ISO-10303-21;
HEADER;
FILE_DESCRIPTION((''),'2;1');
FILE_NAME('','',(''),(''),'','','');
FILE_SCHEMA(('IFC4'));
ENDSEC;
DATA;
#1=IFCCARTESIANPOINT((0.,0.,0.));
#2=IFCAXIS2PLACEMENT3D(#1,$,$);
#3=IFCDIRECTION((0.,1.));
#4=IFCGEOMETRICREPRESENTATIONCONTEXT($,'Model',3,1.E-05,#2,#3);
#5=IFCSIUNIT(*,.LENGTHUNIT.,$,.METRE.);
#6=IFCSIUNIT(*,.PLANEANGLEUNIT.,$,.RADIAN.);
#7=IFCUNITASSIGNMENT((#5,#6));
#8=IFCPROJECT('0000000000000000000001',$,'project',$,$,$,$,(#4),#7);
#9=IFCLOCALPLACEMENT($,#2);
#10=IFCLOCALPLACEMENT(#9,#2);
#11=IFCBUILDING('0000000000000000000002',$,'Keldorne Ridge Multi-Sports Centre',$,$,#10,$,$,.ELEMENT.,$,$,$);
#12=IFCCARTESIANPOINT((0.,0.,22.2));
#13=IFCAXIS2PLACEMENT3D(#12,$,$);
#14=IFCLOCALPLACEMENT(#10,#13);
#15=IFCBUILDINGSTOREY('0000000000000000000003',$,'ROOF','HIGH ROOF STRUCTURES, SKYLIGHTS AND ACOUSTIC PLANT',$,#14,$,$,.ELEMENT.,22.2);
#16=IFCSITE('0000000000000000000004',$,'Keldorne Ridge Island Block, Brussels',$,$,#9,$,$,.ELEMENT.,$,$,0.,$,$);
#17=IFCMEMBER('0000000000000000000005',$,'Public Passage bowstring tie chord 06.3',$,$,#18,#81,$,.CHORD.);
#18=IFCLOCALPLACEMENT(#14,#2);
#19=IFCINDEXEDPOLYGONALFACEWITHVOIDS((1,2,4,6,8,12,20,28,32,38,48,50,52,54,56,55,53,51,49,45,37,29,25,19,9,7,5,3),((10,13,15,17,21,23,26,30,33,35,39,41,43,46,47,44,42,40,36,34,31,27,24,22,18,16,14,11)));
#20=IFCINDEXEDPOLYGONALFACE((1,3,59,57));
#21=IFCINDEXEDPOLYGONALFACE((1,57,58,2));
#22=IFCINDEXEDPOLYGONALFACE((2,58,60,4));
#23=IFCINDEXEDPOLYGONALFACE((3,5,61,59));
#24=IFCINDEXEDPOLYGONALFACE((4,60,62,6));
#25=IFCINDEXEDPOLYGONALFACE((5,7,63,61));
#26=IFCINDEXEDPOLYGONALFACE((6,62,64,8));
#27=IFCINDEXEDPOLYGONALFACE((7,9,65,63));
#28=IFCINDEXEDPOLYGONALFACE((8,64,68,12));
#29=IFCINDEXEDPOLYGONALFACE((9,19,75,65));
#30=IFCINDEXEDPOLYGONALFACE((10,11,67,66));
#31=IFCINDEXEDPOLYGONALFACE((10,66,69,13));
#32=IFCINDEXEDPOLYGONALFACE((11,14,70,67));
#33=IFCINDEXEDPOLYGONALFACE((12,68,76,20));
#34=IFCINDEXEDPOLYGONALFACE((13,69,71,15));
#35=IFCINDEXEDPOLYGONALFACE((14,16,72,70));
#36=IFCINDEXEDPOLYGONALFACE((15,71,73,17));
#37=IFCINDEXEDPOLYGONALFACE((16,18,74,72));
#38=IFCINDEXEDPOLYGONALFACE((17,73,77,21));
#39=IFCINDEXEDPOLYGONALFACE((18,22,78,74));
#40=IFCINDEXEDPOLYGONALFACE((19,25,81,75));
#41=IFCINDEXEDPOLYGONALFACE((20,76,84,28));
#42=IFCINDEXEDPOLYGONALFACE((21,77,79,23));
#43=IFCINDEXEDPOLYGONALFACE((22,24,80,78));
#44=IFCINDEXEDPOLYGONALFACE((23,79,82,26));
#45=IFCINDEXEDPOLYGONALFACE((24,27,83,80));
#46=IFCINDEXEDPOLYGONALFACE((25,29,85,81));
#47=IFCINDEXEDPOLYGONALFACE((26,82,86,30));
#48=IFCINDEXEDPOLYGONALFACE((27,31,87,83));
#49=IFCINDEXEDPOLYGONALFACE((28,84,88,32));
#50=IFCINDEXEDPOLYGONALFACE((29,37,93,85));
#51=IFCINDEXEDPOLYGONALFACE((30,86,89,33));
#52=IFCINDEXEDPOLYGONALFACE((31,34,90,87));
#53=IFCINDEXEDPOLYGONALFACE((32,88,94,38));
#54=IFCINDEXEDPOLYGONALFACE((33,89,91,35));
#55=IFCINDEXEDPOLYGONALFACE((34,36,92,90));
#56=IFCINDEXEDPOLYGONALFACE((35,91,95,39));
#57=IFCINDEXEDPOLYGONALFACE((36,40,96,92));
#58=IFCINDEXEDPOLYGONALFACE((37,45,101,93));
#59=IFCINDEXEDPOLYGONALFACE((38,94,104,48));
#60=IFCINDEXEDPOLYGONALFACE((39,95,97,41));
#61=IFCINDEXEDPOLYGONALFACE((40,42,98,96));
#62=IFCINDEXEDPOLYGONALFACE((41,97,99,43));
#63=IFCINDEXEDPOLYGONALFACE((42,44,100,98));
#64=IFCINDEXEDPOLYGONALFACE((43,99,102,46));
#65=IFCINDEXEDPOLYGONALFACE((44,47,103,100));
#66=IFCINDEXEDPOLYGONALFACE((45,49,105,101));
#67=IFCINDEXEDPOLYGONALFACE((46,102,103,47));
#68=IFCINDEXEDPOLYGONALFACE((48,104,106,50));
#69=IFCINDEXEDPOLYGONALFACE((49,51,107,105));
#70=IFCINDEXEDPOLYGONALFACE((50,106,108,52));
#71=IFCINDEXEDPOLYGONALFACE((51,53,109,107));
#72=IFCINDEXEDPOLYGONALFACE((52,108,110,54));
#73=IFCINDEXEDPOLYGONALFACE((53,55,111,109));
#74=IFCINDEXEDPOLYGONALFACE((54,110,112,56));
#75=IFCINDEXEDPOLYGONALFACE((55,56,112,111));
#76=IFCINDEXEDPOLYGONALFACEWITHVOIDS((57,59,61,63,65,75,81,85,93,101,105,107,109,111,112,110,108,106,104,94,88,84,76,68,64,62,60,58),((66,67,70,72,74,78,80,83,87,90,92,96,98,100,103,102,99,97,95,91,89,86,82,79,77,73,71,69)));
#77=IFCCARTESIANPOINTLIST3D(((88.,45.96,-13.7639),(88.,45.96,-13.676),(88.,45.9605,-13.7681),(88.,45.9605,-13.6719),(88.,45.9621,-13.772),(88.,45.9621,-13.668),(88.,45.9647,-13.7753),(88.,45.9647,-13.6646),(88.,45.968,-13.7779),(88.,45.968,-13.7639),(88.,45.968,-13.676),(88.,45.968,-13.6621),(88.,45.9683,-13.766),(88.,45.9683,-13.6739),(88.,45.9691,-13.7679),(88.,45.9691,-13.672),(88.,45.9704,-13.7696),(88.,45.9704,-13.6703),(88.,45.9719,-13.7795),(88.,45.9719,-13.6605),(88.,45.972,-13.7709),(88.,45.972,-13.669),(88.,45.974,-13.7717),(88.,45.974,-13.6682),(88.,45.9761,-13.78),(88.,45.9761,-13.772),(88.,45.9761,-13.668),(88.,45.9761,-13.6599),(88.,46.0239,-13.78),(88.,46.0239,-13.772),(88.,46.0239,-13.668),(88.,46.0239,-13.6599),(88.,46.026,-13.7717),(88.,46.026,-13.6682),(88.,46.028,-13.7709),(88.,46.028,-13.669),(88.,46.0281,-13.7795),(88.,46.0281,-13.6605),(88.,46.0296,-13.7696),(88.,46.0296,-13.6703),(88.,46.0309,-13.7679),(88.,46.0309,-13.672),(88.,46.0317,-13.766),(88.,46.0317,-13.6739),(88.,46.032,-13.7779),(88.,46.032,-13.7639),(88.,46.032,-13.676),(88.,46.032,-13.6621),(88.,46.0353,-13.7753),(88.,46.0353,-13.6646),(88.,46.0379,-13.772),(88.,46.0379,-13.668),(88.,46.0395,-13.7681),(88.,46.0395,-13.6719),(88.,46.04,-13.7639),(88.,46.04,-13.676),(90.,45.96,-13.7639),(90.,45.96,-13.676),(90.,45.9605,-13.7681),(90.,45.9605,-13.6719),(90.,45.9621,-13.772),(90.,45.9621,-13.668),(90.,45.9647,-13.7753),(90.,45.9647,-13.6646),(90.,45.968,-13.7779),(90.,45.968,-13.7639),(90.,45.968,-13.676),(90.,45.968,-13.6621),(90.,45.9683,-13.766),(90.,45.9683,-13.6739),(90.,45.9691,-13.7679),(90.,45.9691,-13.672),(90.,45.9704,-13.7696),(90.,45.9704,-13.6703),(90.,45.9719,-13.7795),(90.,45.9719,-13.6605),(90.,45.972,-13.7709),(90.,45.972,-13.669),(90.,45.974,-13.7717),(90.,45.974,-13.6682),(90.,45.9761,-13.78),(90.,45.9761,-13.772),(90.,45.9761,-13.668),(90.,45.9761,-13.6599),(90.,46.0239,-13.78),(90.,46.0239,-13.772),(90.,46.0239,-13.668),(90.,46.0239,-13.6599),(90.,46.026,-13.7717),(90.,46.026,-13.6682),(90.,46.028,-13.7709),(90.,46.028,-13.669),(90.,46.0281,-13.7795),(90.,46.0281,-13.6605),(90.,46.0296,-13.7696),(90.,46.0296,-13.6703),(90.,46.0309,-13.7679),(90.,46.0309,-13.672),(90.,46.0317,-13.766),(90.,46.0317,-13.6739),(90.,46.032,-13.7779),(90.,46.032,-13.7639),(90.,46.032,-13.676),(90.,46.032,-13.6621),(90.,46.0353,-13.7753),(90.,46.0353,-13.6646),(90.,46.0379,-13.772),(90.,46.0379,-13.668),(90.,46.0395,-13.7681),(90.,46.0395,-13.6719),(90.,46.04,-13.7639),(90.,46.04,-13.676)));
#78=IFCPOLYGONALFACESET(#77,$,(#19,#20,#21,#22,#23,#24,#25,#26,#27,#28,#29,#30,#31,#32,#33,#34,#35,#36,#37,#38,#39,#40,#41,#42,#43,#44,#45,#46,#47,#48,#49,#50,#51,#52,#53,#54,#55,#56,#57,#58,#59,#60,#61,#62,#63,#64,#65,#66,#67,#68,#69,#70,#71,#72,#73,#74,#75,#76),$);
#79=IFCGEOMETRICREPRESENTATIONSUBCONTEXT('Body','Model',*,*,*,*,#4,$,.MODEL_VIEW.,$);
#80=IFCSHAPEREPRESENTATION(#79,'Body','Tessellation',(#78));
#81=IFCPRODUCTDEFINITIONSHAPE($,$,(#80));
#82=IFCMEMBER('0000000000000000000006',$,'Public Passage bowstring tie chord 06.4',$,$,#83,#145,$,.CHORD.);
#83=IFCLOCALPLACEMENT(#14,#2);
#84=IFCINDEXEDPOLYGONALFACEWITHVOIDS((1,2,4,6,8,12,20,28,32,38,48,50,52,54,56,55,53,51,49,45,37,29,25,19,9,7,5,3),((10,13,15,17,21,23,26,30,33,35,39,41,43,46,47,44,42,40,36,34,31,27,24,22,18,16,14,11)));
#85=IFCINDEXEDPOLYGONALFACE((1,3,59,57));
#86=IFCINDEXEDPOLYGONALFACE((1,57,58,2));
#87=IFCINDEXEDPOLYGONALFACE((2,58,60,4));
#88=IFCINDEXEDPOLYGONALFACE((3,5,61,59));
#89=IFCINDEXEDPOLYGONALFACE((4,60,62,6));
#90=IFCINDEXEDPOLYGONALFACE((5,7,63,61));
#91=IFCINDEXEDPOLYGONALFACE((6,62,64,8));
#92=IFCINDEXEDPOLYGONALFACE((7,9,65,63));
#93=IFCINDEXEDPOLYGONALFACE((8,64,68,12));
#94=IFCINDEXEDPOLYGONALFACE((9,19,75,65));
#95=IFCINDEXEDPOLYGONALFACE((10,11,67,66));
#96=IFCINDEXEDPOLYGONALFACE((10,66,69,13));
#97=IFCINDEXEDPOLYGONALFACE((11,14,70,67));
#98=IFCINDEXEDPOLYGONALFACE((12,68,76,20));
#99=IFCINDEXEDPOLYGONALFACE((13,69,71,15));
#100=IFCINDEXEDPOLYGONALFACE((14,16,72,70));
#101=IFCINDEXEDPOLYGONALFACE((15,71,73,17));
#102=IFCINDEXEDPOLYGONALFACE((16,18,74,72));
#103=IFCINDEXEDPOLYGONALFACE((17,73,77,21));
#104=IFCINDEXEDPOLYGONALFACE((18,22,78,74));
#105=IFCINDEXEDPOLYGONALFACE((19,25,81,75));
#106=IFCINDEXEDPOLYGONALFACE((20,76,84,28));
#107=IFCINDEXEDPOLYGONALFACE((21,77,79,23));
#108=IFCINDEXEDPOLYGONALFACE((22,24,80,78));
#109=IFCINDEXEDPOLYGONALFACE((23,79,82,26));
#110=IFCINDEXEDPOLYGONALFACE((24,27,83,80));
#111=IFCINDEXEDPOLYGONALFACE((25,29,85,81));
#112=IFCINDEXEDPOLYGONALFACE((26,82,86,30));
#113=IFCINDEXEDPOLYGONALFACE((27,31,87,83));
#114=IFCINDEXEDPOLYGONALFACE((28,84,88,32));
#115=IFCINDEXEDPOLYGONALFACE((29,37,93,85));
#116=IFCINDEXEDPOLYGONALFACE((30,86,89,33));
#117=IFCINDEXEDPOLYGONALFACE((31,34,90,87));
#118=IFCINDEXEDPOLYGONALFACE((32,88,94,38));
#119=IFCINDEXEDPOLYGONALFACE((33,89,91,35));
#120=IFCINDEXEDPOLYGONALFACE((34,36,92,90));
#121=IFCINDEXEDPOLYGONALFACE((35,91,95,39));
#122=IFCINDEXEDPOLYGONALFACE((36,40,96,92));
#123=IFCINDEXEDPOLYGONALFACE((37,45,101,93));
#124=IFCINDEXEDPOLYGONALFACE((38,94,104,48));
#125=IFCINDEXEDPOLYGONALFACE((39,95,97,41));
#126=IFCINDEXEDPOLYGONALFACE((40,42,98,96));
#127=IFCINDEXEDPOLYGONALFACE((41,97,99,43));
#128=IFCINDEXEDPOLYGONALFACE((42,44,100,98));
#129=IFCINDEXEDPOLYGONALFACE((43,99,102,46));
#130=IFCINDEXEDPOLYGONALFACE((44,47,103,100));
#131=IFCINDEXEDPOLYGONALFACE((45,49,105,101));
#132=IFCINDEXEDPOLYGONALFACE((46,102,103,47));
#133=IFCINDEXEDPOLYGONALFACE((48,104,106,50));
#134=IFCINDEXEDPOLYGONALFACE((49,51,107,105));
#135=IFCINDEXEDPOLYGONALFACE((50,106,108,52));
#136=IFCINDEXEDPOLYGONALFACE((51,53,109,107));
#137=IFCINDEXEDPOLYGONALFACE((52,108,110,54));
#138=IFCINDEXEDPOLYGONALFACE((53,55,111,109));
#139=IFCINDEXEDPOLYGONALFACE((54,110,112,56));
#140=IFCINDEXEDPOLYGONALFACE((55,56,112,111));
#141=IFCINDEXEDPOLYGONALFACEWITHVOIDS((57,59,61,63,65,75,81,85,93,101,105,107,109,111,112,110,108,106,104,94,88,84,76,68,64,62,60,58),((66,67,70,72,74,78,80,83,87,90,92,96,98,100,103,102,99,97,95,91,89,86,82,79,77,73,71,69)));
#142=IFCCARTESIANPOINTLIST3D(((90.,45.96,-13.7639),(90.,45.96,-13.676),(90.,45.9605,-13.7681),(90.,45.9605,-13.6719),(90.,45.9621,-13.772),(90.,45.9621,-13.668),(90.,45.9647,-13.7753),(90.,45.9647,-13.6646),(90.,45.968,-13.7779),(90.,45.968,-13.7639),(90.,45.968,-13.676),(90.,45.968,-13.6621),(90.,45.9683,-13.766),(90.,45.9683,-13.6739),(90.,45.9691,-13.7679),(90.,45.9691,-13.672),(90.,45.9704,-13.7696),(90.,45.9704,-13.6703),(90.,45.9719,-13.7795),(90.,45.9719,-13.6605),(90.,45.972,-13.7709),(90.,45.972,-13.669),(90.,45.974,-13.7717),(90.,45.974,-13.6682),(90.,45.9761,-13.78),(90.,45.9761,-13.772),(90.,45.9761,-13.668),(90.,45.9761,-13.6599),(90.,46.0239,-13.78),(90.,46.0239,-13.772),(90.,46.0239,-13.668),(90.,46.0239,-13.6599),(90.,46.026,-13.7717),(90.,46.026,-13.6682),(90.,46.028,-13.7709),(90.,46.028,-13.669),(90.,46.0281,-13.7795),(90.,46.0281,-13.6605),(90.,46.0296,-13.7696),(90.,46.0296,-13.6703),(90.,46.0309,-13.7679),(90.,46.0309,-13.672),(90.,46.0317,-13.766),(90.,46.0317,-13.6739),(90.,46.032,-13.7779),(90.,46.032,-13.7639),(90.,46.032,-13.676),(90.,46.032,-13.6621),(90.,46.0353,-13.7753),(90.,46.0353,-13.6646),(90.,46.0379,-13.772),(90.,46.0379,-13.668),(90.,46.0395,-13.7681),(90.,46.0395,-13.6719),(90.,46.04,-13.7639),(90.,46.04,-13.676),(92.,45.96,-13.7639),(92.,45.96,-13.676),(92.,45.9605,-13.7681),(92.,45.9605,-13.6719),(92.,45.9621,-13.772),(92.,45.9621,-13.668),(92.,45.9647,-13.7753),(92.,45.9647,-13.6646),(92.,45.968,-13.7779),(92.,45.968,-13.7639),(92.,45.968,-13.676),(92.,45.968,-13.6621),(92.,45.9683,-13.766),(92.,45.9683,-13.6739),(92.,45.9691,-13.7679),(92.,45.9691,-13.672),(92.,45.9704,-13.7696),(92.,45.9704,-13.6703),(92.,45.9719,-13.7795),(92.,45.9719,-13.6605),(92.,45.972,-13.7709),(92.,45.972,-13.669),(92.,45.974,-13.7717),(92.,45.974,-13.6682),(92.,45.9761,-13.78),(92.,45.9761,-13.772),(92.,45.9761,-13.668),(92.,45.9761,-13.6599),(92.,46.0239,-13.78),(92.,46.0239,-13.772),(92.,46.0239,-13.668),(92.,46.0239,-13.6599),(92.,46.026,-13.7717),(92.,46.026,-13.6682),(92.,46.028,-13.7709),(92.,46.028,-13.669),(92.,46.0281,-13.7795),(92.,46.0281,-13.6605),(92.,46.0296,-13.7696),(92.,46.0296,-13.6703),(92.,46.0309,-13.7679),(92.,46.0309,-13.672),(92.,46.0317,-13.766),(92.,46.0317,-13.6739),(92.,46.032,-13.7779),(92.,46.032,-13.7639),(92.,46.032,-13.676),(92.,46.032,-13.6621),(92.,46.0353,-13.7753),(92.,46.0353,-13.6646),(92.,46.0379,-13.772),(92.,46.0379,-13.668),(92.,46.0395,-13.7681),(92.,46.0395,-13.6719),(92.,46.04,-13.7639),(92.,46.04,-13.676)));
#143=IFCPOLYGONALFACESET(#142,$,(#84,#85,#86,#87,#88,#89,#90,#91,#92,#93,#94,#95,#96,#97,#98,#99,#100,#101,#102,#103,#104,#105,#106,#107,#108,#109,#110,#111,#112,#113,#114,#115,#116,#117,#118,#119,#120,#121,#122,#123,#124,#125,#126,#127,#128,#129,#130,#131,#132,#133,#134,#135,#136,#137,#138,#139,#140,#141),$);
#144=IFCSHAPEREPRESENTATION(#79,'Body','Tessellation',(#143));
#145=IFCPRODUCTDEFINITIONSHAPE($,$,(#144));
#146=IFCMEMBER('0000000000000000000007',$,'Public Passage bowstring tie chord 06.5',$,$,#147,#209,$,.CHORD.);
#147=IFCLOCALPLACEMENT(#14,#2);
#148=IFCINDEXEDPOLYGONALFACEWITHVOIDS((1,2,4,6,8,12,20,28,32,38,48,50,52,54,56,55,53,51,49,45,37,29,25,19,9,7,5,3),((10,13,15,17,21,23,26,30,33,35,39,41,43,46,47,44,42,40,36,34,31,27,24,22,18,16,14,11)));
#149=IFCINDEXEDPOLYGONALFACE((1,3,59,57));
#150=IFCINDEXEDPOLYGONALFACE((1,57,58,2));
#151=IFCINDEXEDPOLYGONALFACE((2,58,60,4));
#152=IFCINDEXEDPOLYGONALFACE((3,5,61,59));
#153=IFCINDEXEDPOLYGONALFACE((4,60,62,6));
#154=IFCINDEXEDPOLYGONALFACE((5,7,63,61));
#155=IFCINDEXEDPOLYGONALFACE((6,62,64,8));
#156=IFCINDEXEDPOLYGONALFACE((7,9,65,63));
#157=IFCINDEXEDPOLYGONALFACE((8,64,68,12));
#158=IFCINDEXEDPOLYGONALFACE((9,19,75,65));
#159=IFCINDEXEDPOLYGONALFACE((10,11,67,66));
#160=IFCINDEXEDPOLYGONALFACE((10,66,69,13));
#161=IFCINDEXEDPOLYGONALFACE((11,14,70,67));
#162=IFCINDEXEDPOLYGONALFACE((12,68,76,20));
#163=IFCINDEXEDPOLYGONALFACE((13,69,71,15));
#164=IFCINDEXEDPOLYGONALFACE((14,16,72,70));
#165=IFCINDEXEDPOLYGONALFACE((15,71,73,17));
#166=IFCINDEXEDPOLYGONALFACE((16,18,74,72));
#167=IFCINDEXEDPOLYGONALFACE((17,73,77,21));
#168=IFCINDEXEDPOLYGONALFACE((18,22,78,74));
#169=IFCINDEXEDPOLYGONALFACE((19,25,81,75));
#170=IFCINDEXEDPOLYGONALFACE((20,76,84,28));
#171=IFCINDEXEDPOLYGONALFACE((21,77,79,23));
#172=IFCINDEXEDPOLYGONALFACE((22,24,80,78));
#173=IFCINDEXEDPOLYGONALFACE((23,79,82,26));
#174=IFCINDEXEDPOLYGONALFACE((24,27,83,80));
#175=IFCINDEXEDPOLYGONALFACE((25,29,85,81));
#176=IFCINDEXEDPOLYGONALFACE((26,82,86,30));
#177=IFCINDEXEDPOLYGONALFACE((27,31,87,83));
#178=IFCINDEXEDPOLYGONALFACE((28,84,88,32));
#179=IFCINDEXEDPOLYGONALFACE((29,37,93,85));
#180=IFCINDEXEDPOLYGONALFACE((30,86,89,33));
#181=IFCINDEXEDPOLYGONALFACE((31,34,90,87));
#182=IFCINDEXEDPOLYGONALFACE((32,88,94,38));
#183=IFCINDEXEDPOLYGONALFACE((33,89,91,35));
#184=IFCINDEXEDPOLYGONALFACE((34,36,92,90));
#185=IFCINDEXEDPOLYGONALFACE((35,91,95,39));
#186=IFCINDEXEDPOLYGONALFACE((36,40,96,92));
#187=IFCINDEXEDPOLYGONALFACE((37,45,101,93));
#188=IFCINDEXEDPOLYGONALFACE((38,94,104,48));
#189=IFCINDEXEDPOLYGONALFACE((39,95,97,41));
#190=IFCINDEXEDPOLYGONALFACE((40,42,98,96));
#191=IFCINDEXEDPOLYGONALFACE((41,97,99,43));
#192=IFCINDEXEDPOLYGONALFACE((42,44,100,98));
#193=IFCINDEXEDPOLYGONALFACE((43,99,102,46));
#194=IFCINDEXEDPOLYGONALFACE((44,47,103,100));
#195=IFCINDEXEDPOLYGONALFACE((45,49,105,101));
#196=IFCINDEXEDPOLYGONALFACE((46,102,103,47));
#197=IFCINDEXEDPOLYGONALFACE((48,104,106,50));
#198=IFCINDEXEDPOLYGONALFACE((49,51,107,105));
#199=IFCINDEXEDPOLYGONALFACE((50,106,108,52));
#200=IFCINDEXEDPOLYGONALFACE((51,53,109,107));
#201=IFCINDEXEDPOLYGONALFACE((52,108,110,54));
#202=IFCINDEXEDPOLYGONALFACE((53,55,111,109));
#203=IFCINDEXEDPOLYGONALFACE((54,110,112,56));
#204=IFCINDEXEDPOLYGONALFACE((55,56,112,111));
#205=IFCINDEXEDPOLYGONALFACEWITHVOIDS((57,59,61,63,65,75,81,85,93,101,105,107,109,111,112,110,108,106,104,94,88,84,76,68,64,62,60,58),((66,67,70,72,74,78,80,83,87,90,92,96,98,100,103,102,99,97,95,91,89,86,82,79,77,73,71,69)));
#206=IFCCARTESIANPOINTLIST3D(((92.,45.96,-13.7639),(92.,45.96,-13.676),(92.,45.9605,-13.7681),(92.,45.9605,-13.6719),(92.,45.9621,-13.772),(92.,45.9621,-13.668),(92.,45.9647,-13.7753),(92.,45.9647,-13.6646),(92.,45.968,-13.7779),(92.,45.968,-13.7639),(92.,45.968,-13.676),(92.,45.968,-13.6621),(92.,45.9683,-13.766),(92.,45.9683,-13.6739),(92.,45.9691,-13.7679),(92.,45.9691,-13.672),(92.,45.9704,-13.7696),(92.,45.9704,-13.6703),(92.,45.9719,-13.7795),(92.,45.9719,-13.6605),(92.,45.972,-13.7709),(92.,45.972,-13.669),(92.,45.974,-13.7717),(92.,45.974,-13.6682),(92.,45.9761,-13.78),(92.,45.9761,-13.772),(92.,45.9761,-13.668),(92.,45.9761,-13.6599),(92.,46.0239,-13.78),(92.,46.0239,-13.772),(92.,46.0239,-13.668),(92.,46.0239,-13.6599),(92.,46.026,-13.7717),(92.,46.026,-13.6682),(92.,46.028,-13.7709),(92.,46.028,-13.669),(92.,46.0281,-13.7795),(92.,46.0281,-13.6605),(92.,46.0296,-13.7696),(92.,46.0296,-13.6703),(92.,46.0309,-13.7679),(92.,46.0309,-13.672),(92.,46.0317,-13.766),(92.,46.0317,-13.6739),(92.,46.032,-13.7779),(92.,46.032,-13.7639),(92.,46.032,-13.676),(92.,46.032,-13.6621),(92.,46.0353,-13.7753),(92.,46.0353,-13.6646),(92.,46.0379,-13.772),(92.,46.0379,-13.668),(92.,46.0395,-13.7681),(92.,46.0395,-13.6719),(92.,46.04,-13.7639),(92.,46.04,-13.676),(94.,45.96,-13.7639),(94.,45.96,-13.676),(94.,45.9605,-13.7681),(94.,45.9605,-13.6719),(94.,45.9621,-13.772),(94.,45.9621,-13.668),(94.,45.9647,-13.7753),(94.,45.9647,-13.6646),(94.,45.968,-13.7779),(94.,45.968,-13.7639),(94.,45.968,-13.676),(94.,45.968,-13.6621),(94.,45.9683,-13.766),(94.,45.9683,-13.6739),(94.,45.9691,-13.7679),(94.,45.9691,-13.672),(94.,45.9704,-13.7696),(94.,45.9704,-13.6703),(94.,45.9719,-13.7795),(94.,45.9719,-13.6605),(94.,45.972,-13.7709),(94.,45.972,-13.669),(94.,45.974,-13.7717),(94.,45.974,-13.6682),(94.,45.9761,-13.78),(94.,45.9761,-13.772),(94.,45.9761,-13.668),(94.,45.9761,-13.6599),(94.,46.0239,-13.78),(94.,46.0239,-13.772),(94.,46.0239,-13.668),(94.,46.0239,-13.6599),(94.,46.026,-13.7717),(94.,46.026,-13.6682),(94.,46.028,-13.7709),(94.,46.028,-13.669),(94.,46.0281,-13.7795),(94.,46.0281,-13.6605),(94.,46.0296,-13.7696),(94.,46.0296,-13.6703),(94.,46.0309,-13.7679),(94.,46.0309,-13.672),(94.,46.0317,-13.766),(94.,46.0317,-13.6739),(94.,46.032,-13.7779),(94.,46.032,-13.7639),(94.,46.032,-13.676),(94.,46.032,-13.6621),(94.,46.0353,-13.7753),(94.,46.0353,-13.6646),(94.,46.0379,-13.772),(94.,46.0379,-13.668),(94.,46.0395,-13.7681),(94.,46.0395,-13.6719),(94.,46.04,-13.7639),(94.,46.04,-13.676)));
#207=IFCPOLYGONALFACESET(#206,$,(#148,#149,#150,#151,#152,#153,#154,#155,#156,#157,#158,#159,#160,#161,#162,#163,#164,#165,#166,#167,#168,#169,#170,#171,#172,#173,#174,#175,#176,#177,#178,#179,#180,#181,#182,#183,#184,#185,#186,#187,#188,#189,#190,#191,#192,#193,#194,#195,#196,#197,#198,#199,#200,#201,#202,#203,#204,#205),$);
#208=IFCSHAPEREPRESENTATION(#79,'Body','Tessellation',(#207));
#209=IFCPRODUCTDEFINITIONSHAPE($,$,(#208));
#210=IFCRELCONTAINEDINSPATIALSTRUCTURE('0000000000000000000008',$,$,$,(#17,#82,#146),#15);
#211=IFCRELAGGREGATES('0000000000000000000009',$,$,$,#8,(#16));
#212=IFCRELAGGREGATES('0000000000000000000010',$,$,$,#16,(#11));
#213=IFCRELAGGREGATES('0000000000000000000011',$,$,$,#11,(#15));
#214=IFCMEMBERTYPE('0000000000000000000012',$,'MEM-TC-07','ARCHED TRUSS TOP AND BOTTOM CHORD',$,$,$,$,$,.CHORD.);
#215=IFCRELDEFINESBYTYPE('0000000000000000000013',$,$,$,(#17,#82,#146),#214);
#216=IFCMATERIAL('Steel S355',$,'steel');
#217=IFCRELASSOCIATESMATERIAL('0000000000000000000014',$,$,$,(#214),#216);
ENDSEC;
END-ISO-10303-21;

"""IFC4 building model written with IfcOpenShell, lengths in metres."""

from ifc_helpers import new_model, si_unit, direction, frame, origin, origin_2d, place, context, subcontext, project, spatial, hollow_rectangle, extrude, material, material_profile, profile_set, type_object, element, save


model = new_model("IFC4")

# Units and contexts
model_context = context("Model", 3, precision=1e-05, world=origin(), true_north=direction((0.0, 1.0)))
body_context = subcontext(model_context, "Body", "Model", "MODEL_VIEW")
ifc_project = project(units=[si_unit("LENGTHUNIT", "METRE"), si_unit("PLANEANGLEUNIT", "RADIAN")], contexts=[model_context])

# Site, building, storey
site_placement = place(None, origin())
site = spatial("IfcSite", under=ifc_project, at=site_placement, Name="Keldorne Ridge Island Block, Brussels", CompositionType="ELEMENT", RefElevation=0.0)
building_placement = place(site_placement, origin())
building = spatial("IfcBuilding", under=site, at=building_placement, Name="Keldorne Ridge Multi-Sports Centre", CompositionType="ELEMENT")
storey_placement = place(building_placement, frame((0.0, 0.0, 22.2)))
storey = spatial("IfcBuildingStorey", under=building, at=storey_placement, Name="ROOF", Description="HIGH ROOF STRUCTURES, SKYLIGHTS AND ACOUSTIC PLANT", CompositionType="ELEMENT", Elevation=22.2)

# Members
ifc_material = material(Name="Steel S355", Category="steel")
ifc_material_profile_1 = material_profile(ifc_material, hollow_rectangle(XDim=0.0801, YDim=0.1201, WallThickness=0.0081, InnerFilletRadius=0.0081, OuterFilletRadius=0.0161, at=origin_2d()), Name="RHS 120x80x8")
ifc_profile_set_1 = profile_set([ifc_material_profile_1], Name="Steel S355")
member_type_1 = type_object("IfcMemberType", Name="MEM-TC-07", Description="ARCHED TRUSS TOP AND BOTTOM CHORD", PredefinedType="CHORD", material=ifc_profile_set_1)
for number, where, z_axis, x_axis, name in (
    (1, (88.0, 46.0, -13.72), (1.0, 0.0, 0.0), (0.0, 1.0, 0.0), "Public Passage bowstring tie chord 06.3"),
    (2, (90.0, 46.0, -13.72), (1.0, 0.0, 0.0), (0.0, 1.0, 0.0), "Public Passage bowstring tie chord 06.4"),
    (3, (92.0, 46.0, -13.72), (1.0, 0.0, 0.0), (0.0, 1.0, 0.0), "Public Passage bowstring tie chord 06.5"),
):
    element("IfcMember", number, at=place(storey_placement, frame(where, z_axis=z_axis, x_axis=x_axis)), inside=storey, type_object=member_type_1, Name=name, PredefinedType="CHORD", context=body_context, shape_type="SweptSolid", body=[
        extrude(hollow_rectangle(XDim=0.0801, YDim=0.1201, WallThickness=0.0081, InnerFilletRadius=0.0081, OuterFilletRadius=0.0161, at=origin_2d()), origin(), (0.0, 0.0, 1.0), 2.0),
    ])

save(model, "model.ifc")
